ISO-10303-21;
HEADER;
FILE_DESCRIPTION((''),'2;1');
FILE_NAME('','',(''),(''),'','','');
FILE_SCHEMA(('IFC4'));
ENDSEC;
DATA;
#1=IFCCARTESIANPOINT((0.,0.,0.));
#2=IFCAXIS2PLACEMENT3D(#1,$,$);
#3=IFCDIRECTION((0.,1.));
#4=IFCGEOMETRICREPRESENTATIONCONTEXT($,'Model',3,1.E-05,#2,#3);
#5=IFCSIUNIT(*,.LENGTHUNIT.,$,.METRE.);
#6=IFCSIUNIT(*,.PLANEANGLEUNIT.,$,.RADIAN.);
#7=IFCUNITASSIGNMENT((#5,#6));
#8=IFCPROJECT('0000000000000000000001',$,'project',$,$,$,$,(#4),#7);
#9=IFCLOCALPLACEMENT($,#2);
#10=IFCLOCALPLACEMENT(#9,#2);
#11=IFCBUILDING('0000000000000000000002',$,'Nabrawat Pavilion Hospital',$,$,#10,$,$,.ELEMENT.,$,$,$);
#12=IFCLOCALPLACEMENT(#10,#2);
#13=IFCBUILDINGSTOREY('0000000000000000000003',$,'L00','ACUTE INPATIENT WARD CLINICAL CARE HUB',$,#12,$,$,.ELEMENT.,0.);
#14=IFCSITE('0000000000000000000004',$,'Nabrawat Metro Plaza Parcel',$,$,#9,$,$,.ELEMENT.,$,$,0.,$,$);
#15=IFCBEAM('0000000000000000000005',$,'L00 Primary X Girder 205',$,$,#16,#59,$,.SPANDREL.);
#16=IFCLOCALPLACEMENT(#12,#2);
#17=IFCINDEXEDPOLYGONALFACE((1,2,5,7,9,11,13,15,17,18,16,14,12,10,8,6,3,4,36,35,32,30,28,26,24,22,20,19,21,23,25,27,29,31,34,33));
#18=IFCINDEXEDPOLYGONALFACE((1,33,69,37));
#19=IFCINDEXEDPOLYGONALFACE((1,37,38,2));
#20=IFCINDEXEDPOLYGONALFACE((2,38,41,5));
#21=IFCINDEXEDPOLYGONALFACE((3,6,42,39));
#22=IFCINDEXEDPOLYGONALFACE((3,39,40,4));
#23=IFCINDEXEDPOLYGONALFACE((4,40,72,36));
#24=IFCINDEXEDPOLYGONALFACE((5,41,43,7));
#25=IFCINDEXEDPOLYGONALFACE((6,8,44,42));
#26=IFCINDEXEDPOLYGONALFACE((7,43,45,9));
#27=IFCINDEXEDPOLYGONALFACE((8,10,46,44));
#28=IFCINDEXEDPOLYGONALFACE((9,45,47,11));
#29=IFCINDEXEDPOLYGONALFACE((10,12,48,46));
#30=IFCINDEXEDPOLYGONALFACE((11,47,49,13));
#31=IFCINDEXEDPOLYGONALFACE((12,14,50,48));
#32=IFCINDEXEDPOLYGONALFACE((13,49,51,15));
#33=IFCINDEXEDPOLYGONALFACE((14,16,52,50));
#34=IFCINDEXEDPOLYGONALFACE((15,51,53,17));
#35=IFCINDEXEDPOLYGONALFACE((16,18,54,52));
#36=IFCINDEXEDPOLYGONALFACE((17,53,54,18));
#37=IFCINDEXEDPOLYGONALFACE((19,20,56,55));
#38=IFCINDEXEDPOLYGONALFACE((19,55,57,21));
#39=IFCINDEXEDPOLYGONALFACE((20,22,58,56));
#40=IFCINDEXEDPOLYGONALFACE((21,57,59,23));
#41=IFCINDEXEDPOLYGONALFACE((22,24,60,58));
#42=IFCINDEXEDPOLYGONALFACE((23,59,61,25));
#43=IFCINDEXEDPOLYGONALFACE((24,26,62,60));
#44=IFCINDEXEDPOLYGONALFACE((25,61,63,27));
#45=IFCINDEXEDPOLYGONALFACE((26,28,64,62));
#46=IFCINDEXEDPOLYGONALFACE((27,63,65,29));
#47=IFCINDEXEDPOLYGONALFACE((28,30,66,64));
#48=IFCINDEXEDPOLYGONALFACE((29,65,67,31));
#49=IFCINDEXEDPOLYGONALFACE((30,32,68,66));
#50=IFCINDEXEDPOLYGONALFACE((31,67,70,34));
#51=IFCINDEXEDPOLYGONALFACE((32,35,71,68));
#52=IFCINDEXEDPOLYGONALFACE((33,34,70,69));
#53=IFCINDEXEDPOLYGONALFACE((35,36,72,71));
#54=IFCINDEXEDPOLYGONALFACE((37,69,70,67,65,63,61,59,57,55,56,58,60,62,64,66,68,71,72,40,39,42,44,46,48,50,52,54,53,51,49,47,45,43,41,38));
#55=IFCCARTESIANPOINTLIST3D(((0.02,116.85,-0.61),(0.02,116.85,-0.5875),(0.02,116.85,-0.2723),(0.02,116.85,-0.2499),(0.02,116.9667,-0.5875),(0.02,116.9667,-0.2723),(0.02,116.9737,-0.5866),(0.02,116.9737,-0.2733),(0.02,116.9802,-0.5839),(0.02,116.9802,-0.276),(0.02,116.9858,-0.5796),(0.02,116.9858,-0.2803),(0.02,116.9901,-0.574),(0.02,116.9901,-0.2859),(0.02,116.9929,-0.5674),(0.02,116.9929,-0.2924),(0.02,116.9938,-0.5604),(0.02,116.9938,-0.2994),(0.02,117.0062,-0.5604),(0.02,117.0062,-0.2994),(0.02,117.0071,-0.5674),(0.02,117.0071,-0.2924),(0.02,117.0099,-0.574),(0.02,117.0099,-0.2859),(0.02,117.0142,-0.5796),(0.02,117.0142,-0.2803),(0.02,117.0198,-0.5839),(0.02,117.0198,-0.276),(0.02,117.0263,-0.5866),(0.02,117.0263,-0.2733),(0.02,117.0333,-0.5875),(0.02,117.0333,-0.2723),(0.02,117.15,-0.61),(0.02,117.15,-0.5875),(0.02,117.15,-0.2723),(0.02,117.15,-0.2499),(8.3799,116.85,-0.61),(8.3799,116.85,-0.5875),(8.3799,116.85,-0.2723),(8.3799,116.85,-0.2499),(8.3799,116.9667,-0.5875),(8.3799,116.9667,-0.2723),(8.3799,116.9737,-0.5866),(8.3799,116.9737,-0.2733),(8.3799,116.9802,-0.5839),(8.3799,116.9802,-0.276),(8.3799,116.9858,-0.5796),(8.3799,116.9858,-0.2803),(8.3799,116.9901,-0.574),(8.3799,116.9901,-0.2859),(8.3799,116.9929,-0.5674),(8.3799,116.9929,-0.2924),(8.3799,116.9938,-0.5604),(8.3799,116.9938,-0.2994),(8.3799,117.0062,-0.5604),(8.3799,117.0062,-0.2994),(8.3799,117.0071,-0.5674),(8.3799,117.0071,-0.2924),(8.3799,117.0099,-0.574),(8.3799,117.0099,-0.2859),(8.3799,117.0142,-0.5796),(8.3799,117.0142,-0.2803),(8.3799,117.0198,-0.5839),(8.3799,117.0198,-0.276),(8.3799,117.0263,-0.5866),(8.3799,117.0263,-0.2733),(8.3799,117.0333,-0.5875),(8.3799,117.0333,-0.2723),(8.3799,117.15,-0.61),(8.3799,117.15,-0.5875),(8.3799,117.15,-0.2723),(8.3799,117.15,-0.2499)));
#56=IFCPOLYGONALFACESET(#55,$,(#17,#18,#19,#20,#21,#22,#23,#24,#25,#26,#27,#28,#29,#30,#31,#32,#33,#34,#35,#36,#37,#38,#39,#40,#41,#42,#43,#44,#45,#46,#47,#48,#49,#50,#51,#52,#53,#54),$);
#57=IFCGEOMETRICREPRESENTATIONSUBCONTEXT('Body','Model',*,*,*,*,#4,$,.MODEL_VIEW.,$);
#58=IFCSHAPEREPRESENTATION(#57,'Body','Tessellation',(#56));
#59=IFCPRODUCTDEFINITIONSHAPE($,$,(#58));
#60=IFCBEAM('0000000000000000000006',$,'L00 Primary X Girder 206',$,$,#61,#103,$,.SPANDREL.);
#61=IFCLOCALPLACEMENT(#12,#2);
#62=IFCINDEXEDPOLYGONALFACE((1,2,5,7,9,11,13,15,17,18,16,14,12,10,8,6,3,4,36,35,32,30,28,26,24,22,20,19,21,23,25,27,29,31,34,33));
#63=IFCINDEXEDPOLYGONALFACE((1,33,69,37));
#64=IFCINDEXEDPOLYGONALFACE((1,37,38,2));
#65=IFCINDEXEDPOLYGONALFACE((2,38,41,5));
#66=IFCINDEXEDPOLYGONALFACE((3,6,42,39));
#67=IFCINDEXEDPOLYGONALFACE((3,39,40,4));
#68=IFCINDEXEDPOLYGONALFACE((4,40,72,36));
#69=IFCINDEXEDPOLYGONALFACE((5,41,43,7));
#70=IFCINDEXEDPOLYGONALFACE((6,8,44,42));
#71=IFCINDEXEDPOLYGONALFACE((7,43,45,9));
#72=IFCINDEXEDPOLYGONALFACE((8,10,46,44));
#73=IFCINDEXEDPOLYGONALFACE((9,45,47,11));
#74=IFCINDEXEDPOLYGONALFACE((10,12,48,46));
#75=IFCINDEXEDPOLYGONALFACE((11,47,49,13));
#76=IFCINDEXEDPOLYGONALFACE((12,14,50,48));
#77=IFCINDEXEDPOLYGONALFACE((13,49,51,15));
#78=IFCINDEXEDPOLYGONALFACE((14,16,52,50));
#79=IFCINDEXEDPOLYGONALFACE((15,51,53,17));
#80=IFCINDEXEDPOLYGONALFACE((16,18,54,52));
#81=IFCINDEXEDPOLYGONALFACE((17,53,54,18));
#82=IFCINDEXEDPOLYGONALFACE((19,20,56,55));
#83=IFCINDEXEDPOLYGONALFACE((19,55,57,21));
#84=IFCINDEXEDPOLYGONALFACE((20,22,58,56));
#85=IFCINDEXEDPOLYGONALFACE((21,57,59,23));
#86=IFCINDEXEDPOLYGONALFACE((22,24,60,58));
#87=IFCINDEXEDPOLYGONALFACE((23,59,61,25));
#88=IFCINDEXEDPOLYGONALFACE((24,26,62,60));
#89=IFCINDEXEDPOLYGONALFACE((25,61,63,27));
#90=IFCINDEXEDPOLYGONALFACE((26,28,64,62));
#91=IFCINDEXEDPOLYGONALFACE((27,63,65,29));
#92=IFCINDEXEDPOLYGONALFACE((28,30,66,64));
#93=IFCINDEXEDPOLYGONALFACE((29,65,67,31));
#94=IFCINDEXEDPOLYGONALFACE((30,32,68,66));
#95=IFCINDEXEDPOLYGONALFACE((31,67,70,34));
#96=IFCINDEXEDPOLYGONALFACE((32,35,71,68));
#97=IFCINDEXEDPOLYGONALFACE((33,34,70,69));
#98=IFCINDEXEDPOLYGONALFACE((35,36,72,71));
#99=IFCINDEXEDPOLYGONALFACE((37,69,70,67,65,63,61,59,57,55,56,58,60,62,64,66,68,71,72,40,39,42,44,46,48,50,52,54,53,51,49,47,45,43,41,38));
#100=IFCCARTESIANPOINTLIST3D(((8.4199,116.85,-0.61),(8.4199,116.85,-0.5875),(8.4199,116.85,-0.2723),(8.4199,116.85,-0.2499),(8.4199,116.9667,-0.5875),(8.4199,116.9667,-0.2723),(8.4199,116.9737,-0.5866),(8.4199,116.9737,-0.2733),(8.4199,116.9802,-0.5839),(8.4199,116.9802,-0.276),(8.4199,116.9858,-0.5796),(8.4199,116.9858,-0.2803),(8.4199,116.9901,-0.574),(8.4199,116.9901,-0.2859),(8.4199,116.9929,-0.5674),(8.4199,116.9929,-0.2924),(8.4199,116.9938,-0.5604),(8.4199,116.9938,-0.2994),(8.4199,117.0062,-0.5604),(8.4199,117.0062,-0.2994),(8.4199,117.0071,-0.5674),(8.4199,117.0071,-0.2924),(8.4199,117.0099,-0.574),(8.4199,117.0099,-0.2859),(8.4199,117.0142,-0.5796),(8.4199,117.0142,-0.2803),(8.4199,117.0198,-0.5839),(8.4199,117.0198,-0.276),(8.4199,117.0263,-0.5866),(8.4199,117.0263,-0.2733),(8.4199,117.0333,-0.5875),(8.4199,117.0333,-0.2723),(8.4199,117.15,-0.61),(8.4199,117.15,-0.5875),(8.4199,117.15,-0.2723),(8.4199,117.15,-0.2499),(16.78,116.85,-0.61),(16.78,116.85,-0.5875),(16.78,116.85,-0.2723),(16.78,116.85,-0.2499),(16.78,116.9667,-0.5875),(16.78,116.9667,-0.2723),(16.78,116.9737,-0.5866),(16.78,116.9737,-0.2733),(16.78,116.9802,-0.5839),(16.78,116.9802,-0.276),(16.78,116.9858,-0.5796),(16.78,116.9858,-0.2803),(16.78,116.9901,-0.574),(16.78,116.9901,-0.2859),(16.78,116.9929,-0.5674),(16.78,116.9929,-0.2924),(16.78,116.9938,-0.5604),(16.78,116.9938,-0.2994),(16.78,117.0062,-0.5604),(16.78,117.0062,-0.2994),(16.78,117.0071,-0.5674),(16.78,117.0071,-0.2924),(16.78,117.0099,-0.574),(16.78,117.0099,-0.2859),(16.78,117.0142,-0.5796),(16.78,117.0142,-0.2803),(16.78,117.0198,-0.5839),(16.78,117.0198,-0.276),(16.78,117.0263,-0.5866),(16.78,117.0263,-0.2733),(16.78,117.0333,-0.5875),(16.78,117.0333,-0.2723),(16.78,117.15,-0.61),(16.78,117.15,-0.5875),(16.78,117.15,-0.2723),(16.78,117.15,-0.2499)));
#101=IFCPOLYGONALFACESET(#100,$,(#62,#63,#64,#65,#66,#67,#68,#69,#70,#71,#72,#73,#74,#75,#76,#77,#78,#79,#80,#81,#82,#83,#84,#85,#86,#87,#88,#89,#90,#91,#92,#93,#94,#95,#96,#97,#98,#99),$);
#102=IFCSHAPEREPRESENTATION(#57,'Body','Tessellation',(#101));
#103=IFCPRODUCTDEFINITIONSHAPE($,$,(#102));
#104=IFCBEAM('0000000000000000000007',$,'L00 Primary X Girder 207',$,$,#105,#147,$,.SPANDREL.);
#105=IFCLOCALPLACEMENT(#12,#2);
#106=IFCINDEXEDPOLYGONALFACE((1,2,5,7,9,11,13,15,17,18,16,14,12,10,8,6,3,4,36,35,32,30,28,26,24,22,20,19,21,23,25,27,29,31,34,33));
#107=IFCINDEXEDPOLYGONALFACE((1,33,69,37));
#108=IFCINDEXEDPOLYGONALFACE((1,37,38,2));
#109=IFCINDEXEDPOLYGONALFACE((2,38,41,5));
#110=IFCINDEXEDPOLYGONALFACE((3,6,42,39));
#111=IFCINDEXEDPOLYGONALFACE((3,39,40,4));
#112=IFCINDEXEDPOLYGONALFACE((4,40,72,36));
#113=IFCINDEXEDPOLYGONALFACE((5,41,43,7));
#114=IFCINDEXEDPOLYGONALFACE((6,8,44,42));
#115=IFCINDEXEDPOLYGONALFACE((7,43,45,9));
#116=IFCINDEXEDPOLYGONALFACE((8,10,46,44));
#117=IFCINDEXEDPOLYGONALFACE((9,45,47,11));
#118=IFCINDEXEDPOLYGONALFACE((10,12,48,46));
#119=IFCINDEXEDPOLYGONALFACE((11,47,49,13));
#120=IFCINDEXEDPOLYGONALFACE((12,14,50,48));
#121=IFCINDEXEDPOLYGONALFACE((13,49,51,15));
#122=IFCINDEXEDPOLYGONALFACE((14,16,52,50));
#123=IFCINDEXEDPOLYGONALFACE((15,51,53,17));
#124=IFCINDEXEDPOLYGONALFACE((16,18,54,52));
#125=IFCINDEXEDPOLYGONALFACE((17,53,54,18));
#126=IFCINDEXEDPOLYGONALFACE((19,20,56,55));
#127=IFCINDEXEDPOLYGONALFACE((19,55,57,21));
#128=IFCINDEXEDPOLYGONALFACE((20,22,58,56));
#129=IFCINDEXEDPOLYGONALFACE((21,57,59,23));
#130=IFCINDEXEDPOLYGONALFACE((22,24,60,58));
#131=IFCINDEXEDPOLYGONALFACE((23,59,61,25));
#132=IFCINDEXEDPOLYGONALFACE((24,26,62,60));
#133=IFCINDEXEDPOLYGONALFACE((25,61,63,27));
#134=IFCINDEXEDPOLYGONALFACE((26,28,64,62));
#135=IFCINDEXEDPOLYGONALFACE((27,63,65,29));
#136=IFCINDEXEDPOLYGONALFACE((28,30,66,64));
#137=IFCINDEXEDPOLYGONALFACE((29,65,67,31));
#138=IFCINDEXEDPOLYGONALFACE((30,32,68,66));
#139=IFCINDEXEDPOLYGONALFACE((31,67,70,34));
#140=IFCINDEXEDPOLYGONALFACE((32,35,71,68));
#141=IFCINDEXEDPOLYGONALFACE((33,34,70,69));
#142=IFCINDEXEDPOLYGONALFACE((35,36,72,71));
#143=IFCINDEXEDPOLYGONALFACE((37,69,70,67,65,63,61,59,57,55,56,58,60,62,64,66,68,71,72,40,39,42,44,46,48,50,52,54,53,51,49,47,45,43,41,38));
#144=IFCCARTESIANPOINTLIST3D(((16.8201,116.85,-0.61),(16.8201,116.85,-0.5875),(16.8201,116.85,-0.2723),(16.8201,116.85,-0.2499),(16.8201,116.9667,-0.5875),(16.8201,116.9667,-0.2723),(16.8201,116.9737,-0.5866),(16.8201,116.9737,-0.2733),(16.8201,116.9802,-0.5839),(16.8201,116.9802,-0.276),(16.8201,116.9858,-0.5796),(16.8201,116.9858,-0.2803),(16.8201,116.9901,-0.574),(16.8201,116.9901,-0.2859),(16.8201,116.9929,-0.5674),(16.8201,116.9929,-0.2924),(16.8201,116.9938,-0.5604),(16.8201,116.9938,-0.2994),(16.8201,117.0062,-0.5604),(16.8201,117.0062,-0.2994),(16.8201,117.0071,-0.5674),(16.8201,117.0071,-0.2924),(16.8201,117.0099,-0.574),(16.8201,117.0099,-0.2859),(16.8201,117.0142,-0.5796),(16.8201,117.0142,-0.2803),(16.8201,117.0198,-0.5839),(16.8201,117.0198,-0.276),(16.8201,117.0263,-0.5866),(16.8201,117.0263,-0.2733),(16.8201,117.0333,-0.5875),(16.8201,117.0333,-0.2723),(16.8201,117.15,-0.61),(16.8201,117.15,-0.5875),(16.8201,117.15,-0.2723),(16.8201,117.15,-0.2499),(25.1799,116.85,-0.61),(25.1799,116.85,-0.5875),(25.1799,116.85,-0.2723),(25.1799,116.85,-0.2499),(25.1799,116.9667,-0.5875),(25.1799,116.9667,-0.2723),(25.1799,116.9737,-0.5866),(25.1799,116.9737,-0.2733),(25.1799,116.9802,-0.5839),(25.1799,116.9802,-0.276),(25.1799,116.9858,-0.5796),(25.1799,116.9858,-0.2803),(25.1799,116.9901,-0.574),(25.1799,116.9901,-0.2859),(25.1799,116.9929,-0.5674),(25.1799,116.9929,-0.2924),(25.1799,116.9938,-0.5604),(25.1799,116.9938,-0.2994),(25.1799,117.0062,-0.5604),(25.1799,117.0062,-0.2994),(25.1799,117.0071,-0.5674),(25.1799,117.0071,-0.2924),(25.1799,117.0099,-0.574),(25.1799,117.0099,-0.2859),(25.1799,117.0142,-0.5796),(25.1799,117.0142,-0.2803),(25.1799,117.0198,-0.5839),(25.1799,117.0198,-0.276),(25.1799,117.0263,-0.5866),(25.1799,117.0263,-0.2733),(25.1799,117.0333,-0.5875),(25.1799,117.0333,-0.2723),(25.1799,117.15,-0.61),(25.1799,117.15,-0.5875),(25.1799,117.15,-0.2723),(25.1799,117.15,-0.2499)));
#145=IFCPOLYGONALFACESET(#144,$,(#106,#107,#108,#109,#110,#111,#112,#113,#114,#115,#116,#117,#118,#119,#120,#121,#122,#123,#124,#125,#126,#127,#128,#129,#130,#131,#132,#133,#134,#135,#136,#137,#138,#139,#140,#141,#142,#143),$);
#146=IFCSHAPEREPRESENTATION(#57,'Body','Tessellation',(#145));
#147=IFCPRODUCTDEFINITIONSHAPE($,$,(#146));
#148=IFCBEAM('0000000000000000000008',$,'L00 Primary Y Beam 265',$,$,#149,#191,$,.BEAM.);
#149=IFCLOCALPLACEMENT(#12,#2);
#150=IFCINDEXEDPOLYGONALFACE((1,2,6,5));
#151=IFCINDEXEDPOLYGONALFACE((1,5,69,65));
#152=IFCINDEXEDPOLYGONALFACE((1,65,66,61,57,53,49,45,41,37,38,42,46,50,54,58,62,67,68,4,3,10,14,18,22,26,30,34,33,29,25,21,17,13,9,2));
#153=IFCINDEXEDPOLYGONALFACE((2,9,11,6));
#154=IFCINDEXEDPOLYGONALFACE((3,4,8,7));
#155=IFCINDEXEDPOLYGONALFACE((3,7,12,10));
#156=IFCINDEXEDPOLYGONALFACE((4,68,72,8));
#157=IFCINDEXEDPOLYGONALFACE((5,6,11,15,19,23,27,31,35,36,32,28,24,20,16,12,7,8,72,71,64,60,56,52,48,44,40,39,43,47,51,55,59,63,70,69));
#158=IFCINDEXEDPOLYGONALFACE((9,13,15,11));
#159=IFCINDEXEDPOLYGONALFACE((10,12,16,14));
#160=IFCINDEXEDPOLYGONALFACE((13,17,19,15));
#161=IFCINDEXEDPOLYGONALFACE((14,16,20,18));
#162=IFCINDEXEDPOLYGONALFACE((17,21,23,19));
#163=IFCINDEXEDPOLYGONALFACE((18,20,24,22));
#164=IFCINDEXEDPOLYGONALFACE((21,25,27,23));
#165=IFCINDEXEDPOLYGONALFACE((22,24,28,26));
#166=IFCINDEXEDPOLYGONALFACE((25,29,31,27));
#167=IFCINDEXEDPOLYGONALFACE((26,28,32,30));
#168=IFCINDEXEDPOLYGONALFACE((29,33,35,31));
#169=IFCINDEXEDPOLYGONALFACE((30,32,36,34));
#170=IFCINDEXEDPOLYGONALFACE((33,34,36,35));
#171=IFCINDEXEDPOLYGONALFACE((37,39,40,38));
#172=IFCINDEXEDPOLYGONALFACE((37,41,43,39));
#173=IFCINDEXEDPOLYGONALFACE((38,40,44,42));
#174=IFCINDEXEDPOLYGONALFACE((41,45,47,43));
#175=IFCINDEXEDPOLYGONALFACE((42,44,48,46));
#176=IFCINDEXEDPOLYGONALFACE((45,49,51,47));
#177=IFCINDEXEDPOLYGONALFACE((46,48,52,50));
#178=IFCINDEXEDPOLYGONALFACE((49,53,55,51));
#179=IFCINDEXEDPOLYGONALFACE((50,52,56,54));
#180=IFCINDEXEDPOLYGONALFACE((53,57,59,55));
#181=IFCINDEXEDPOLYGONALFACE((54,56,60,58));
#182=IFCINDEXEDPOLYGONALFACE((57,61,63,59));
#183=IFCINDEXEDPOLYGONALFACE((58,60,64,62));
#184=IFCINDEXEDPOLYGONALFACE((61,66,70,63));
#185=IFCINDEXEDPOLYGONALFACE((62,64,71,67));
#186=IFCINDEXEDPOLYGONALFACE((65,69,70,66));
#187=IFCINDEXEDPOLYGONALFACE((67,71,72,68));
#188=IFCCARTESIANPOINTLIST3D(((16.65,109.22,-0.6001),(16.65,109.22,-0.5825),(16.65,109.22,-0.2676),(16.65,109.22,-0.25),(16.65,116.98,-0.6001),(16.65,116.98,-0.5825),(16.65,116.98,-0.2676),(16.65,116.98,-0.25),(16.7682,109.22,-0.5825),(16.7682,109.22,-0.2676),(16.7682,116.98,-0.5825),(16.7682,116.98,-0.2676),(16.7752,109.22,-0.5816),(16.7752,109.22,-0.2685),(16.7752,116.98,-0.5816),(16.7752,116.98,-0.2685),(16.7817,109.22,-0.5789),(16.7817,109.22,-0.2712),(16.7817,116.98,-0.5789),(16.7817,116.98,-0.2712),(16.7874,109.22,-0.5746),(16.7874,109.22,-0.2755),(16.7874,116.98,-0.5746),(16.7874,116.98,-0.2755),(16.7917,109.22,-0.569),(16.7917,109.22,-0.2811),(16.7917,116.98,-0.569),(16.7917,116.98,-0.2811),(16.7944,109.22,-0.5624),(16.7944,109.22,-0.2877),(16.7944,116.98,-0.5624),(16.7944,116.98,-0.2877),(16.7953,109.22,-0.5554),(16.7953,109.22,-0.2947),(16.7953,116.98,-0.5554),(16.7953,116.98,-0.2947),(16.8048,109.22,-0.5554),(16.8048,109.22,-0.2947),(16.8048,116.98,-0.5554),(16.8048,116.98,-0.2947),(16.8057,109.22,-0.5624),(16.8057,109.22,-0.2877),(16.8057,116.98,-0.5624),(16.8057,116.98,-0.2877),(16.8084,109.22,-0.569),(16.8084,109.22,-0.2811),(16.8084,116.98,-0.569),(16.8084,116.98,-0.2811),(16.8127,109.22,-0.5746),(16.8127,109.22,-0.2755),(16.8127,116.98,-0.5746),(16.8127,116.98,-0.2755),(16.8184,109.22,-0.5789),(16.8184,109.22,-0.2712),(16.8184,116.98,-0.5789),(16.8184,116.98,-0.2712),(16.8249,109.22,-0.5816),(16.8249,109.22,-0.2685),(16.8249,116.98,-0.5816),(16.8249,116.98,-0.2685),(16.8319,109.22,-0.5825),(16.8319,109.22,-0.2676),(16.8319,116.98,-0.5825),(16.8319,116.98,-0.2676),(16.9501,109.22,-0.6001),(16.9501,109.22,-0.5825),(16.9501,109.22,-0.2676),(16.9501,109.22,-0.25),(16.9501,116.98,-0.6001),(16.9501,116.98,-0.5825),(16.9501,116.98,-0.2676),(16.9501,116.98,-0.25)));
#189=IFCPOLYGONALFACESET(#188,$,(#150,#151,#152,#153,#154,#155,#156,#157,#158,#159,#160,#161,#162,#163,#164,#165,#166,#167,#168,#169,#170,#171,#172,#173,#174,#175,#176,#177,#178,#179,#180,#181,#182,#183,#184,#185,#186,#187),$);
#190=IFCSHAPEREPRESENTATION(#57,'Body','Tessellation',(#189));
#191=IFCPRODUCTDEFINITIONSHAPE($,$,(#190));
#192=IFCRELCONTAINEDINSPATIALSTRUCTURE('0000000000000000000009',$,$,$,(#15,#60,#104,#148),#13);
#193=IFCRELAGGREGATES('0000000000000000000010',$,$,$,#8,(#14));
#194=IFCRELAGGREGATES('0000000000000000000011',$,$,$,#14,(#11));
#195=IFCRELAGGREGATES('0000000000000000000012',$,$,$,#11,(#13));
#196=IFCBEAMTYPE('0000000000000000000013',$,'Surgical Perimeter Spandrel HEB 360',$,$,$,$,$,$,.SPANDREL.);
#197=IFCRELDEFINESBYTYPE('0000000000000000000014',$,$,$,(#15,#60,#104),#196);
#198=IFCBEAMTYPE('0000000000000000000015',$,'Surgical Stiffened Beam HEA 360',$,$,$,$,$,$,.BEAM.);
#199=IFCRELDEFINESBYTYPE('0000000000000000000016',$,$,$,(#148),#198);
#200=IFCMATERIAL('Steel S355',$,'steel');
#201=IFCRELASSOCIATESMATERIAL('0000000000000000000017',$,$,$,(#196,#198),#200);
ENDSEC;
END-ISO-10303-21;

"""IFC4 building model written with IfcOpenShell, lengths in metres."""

from ifc_helpers import new_model, si_unit, direction, frame, origin, origin_2d, place, context, subcontext, project, spatial, i_section, extrude, material, material_profile, profile_set, type_object, element, save


model = new_model("IFC4")

# Units and contexts
model_context = context("Model", 3, precision=1e-05, world=origin(), true_north=direction((0.0, 1.0)))
body_context = subcontext(model_context, "Body", "Model", "MODEL_VIEW")
ifc_project = project(units=[si_unit("LENGTHUNIT", "METRE"), si_unit("PLANEANGLEUNIT", "RADIAN")], contexts=[model_context])

# Site, building, storey
site_placement = place(None, origin())
site = spatial("IfcSite", under=ifc_project, at=site_placement, Name="Nabrawat Metro Plaza Parcel", CompositionType="ELEMENT", RefElevation=0.0)
building_placement = place(site_placement, origin())
building = spatial("IfcBuilding", under=site, at=building_placement, Name="Nabrawat Pavilion Hospital", CompositionType="ELEMENT")
storey_placement = place(building_placement, origin())
storey = spatial("IfcBuildingStorey", under=building, at=storey_placement, Name="L00", Description="ACUTE INPATIENT WARD CLINICAL CARE HUB", CompositionType="ELEMENT", Elevation=0.0)

# Beams
ifc_material_1 = material(Name="Steel S355", Category="steel")
ifc_material_profile_1 = material_profile(ifc_material_1, i_section(OverallWidth=0.3, OverallDepth=0.3601, WebThickness=0.0125, FlangeThickness=0.0225, FilletRadius=0.0271, at=origin_2d()), Name="HEB 360")
ifc_profile_set_1 = profile_set([ifc_material_profile_1], Name="Steel S355")
beam_type_1 = type_object("IfcBeamType", Name="Surgical Perimeter Spandrel HEB 360", PredefinedType="SPANDREL", material=ifc_profile_set_1)
beam_1_placement = place(storey_placement, frame((0.02, 117.0, -0.4299), z_axis=(1.0, 0.0, 0.0), x_axis=(0.0, 1.0, 0.0)))
element("IfcBeam", 1, at=beam_1_placement, inside=storey, type_object=beam_type_1, Name="L00 Primary X Girder 205", PredefinedType="SPANDREL", context=body_context, shape_type="SweptSolid", body=[
    extrude(i_section(OverallWidth=0.3, OverallDepth=0.3601, WebThickness=0.0125, FlangeThickness=0.0225, FilletRadius=0.0271, at=origin_2d()), origin(), (0.0, 0.0, 1.0), 8.3599),
])
beam_2_placement = place(storey_placement, frame((8.4199, 117.0, -0.4299), z_axis=(1.0, 0.0, 0.0), x_axis=(0.0, 1.0, 0.0)))
element("IfcBeam", 2, at=beam_2_placement, inside=storey, type_object=beam_type_1, Name="L00 Primary X Girder 206", PredefinedType="SPANDREL", context=body_context, shape_type="SweptSolid", body=[
    extrude(i_section(OverallWidth=0.3, OverallDepth=0.3601, WebThickness=0.0125, FlangeThickness=0.0225, FilletRadius=0.0271, at=origin_2d()), origin(), (0.0, 0.0, 1.0), 8.3601),
])
beam_3_placement = place(storey_placement, frame((16.8201, 117.0, -0.4299), z_axis=(1.0, 0.0, 0.0), x_axis=(0.0, 1.0, 0.0)))
element("IfcBeam", 3, at=beam_3_placement, inside=storey, type_object=beam_type_1, Name="L00 Primary X Girder 207", PredefinedType="SPANDREL", context=body_context, shape_type="SweptSolid", body=[
    extrude(i_section(OverallWidth=0.3, OverallDepth=0.3601, WebThickness=0.0125, FlangeThickness=0.0225, FilletRadius=0.0271, at=origin_2d()), origin(), (0.0, 0.0, 1.0), 8.3599),
])
ifc_material_profile_2 = material_profile(ifc_material_1, i_section(OverallWidth=0.3, OverallDepth=0.3501, WebThickness=0.0095, FlangeThickness=0.0176, FilletRadius=0.0271, at=origin_2d()), Name="HEA 360")
ifc_profile_set_2 = profile_set([ifc_material_profile_2], Name="Steel S355")
beam_type_2 = type_object("IfcBeamType", Name="Surgical Stiffened Beam HEA 360", PredefinedType="BEAM", material=ifc_profile_set_2)
beam_4_placement = place(storey_placement, frame((16.8, 109.22, -0.425), z_axis=(0.0, 1.0, 0.0), x_axis=(-1.0, 0.0, 0.0)))
element("IfcBeam", 4, at=beam_4_placement, inside=storey, type_object=beam_type_2, Name="L00 Primary Y Beam 265", PredefinedType="BEAM", context=body_context, shape_type="SweptSolid", body=[
    extrude(i_section(OverallWidth=0.3, OverallDepth=0.3501, WebThickness=0.0095, FlangeThickness=0.0176, FilletRadius=0.0271, at=origin_2d()), origin(), (0.0, 0.0, 1.0), 7.76),
])

save(model, "model.ifc")
